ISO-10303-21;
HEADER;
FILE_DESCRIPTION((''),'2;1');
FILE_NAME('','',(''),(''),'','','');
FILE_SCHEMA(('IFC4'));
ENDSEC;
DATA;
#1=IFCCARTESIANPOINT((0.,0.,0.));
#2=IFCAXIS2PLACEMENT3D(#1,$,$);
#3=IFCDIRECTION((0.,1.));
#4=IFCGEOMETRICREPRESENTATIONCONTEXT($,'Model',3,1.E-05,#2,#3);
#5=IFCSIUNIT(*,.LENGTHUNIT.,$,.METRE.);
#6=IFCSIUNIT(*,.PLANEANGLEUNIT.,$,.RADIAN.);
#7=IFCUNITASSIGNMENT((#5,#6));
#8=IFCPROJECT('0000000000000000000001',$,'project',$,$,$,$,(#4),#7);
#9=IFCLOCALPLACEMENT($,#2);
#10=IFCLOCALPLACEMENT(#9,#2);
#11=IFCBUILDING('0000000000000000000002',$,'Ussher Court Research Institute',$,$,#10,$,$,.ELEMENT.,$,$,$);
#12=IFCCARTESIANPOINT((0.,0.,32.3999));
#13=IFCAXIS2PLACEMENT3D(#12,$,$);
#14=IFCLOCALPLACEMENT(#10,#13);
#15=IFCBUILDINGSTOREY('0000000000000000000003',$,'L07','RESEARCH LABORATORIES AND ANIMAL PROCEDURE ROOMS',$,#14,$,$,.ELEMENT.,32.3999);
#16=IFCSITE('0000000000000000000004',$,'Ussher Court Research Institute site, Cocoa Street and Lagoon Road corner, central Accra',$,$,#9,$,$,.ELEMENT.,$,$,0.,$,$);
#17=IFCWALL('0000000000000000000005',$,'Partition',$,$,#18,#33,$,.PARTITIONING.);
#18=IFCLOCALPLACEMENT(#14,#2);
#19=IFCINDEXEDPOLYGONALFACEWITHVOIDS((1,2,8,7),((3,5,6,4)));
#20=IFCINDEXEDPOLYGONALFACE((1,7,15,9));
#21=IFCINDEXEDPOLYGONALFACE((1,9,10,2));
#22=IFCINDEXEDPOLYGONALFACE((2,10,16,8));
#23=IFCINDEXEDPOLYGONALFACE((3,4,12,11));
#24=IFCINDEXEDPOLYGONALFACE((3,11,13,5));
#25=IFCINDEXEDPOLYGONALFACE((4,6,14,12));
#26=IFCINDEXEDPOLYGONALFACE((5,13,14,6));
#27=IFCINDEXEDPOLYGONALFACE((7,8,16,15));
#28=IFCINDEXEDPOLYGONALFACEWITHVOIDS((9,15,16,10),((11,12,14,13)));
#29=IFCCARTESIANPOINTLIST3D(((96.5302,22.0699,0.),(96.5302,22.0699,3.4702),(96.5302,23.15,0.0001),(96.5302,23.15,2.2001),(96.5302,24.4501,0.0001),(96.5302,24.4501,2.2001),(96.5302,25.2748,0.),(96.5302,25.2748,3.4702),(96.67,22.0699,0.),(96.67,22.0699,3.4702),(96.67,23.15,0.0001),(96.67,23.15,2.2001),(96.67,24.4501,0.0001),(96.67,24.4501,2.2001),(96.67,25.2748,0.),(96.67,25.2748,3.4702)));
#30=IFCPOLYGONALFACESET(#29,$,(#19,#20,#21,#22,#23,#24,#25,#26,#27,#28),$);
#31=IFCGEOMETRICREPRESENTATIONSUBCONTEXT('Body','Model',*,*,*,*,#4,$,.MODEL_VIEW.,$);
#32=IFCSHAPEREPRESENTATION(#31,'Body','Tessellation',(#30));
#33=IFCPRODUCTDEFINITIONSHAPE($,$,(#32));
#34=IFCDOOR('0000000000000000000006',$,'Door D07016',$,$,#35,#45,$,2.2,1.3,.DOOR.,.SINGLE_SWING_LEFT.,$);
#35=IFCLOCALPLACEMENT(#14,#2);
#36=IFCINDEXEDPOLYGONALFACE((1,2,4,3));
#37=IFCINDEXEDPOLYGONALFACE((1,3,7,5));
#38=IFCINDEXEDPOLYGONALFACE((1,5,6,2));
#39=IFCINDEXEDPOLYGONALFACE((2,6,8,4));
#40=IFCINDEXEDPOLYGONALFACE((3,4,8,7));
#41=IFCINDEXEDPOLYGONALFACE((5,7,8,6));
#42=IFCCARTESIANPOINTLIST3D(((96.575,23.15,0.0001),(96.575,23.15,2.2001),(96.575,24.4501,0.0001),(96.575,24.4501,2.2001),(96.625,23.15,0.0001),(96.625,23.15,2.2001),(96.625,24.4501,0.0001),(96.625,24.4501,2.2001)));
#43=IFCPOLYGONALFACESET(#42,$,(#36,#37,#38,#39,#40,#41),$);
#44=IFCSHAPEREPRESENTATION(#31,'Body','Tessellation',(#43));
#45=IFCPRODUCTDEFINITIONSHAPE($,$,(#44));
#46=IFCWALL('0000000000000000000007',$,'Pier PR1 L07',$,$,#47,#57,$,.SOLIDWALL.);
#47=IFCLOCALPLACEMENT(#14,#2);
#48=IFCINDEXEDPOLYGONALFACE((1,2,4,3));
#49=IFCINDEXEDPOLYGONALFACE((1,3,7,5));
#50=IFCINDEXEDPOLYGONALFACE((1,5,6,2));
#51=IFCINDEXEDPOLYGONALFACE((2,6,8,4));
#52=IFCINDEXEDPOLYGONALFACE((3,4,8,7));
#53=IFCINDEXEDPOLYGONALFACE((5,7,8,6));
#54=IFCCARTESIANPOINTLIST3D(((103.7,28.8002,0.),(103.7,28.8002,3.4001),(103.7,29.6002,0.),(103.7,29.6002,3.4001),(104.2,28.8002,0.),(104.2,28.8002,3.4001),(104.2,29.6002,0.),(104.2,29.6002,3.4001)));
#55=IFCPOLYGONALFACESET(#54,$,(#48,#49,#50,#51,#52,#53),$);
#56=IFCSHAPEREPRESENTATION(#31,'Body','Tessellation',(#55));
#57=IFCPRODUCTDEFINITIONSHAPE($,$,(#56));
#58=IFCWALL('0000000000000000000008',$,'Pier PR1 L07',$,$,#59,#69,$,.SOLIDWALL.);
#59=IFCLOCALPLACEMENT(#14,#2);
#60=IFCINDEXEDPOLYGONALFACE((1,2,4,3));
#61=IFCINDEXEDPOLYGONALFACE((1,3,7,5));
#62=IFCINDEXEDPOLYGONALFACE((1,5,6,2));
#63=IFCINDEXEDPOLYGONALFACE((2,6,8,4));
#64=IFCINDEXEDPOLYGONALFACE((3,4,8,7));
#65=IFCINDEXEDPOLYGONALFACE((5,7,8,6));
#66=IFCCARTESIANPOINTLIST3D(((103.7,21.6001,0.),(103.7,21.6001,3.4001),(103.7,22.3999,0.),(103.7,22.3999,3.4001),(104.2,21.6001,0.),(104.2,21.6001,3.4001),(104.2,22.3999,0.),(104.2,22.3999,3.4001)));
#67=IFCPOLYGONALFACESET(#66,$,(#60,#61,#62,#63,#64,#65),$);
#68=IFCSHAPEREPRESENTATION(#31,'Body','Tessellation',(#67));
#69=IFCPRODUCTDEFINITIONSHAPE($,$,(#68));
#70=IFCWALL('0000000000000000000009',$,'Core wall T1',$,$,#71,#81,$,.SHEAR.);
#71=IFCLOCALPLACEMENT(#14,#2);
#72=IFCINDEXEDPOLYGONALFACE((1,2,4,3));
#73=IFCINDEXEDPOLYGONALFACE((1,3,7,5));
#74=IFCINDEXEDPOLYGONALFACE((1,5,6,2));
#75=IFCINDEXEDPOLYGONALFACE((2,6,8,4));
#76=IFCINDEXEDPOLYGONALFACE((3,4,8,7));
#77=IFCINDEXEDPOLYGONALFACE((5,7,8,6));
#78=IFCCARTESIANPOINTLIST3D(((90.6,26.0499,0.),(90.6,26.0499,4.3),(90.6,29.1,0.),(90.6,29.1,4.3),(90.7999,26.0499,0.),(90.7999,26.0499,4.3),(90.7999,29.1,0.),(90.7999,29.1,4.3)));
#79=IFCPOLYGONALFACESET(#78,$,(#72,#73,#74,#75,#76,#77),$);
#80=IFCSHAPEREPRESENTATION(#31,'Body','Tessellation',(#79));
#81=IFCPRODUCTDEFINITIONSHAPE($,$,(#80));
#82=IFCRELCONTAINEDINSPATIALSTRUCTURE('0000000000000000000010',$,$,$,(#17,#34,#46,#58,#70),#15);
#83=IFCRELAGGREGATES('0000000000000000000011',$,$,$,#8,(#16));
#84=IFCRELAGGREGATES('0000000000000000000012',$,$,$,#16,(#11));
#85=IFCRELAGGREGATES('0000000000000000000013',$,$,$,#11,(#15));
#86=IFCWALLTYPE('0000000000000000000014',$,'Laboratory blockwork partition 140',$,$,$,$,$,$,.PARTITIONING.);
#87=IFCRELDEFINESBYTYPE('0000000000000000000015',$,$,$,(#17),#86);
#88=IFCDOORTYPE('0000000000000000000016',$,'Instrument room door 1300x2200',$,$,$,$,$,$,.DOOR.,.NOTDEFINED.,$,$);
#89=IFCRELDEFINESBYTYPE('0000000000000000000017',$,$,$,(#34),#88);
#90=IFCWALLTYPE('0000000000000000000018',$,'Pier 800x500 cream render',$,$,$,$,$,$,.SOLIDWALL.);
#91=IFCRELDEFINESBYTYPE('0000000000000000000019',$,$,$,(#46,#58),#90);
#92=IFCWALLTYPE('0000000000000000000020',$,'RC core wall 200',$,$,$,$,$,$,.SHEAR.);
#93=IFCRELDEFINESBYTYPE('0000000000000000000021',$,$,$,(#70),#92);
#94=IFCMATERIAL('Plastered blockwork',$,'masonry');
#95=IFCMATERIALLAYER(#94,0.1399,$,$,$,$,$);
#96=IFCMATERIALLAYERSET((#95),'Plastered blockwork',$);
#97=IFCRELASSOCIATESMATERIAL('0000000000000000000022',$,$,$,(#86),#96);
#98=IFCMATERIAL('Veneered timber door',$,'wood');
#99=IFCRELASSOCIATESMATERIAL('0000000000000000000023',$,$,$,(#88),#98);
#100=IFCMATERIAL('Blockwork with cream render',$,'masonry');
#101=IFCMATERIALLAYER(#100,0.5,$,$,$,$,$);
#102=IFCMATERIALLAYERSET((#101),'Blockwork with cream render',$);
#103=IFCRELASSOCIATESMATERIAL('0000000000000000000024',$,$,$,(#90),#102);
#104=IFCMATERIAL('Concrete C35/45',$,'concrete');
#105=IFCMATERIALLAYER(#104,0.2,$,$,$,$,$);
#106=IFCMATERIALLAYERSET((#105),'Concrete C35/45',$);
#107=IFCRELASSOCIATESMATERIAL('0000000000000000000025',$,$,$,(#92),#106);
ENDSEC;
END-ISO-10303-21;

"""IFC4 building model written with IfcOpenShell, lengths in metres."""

from ifc_helpers import new_model, si_unit, direction, frame, frame_2d, origin, place, context, subcontext, project, spatial, rectangle, extrude, material, layer, layer_set, type_object, element, fill, save


model = new_model("IFC4")

# Units and contexts
model_context = context("Model", 3, precision=1e-05, world=origin(), true_north=direction((0.0, 1.0)))
body_context = subcontext(model_context, "Body", "Model", "MODEL_VIEW")
ifc_project = project(units=[si_unit("LENGTHUNIT", "METRE"), si_unit("PLANEANGLEUNIT", "RADIAN")], contexts=[model_context])

# Site, building, storey
site_placement = place(None, origin())
site = spatial("IfcSite", under=ifc_project, at=site_placement, Name="Ussher Court Research Institute site, Cocoa Street and Lagoon Road corner, central Accra", CompositionType="ELEMENT", RefElevation=0.0)
building_placement = place(site_placement, origin())
building = spatial("IfcBuilding", under=site, at=building_placement, Name="Ussher Court Research Institute", CompositionType="ELEMENT")
storey_placement = place(building_placement, frame((0.0, 0.0, 32.3999)))
storey = spatial("IfcBuildingStorey", under=building, at=storey_placement, Name="L07", Description="RESEARCH LABORATORIES AND ANIMAL PROCEDURE ROOMS", CompositionType="ELEMENT", Elevation=32.3999)

# Shared definitions
ifc_material_1 = material(Name="Plastered blockwork", Category="masonry")
ifc_layer_1 = layer(ifc_material_1, 0.1399)
ifc_layer_set_1 = layer_set([ifc_layer_1], Name="Plastered blockwork")
wall_type_1 = type_object("IfcWallType", Name="Laboratory blockwork partition 140", PredefinedType="PARTITIONING", material=ifc_layer_set_1)

# Wall, opening, door
wall_1_placement = place(storey_placement, frame((96.6001, 25.2749, 0.0), z_axis=(0.0, 0.0, 1.0), x_axis=(0.0, -1.0, 0.0)))
wall_1 = element("IfcWall", 1, at=wall_1_placement, inside=storey, type_object=wall_type_1, Name="Partition", PredefinedType="PARTITIONING", context=body_context, shape_type="SweptSolid", body=[
    extrude(rectangle(XDim=3.2048, YDim=0.1399, at=frame_2d((1.6025, 0.0))), origin(), (0.0, 0.0, 1.0), 3.4702),
])
opening_1_placement = place(wall_1_placement, frame((0.825, 0.0, 0.0)))
opening_1 = element("IfcOpeningElement", 2, at=opening_1_placement, cuts=wall_1, PredefinedType="OPENING", context=body_context, shape_type="SweptSolid", body=[
    extrude(rectangle(XDim=1.3, YDim=2.2, at=frame_2d((0.6499, 1.1001))), frame((0.0, 0.0801, 0.0), z_axis=(0.0, -1.0, 0.0), x_axis=(1.0, 0.0, 0.0)), (0.0, 0.0, 1.0), 0.1599),
])
ifc_material_2 = material(Name="Veneered timber door", Category="wood")
door_type_1 = type_object("IfcDoorType", Name="Instrument room door 1300x2200", OperationType="NOTDEFINED", PredefinedType="DOOR", material=ifc_material_2)
door_1_placement = place(opening_1_placement, origin())
door_1 = element("IfcDoor", 3, at=door_1_placement, inside=storey, type_object=door_type_1, Name="Door D07016", OperationType="SINGLE_SWING_LEFT", OverallHeight=2.2, OverallWidth=1.3, PredefinedType="DOOR", context=body_context, shape_type="SweptSolid", body=[
    extrude(rectangle(XDim=1.3, YDim=2.2, at=frame_2d((0.6499, 1.1001))), frame((0.0, 0.0249, 0.0), z_axis=(0.0, -1.0, 0.0), x_axis=(1.0, 0.0, 0.0)), (0.0, 0.0, 1.0), 0.05),
])
fill(opening_1, door_1)

# Walls
ifc_material_3 = material(Name="Blockwork with cream render", Category="masonry")
ifc_layer_2 = layer(ifc_material_3, 0.5)
ifc_layer_set_2 = layer_set([ifc_layer_2], Name="Blockwork with cream render")
wall_type_2 = type_object("IfcWallType", Name="Pier 800x500 cream render", PredefinedType="SOLIDWALL", material=ifc_layer_set_2)
wall_2_placement = place(storey_placement, frame((103.95, 29.6001, 0.0), z_axis=(0.0, 0.0, 1.0), x_axis=(0.0, -1.0, 0.0)))
element("IfcWall", 4, at=wall_2_placement, inside=storey, type_object=wall_type_2, Name="Pier PR1 L07", PredefinedType="SOLIDWALL", context=body_context, shape_type="SweptSolid", body=[
    extrude(rectangle(XDim=0.8, YDim=0.5, at=frame_2d((0.3999, 0.0))), origin(), (0.0, 0.0, 1.0), 3.4001),
])
wall_3_placement = place(storey_placement, frame((103.95, 22.3999, 0.0), z_axis=(0.0, 0.0, 1.0), x_axis=(0.0, -1.0, 0.0)))
element("IfcWall", 5, at=wall_3_placement, inside=storey, type_object=wall_type_2, Name="Pier PR1 L07", PredefinedType="SOLIDWALL", context=body_context, shape_type="SweptSolid", body=[
    extrude(rectangle(XDim=0.7998, YDim=0.5, at=frame_2d((0.3999, 0.0))), origin(), (0.0, 0.0, 1.0), 3.4001),
])
ifc_material_4 = material(Name="Concrete C35/45", Category="concrete")
ifc_layer_3 = layer(ifc_material_4, 0.2)
ifc_layer_set_3 = layer_set([ifc_layer_3], Name="Concrete C35/45")
wall_type_3 = type_object("IfcWallType", Name="RC core wall 200", PredefinedType="SHEAR", material=ifc_layer_set_3)
wall_4_placement = place(storey_placement, frame((90.7, 26.05, 0.0), z_axis=(0.0, 0.0, 1.0), x_axis=(0.0, 1.0, 0.0)))
element("IfcWall", 6, at=wall_4_placement, inside=storey, type_object=wall_type_3, Name="Core wall T1", PredefinedType="SHEAR", context=body_context, shape_type="SweptSolid", body=[
    extrude(rectangle(XDim=3.05, YDim=0.2, at=frame_2d((1.5249, 0.0))), origin(), (0.0, 0.0, 1.0), 4.3),
])

save(model, "model.ifc")
